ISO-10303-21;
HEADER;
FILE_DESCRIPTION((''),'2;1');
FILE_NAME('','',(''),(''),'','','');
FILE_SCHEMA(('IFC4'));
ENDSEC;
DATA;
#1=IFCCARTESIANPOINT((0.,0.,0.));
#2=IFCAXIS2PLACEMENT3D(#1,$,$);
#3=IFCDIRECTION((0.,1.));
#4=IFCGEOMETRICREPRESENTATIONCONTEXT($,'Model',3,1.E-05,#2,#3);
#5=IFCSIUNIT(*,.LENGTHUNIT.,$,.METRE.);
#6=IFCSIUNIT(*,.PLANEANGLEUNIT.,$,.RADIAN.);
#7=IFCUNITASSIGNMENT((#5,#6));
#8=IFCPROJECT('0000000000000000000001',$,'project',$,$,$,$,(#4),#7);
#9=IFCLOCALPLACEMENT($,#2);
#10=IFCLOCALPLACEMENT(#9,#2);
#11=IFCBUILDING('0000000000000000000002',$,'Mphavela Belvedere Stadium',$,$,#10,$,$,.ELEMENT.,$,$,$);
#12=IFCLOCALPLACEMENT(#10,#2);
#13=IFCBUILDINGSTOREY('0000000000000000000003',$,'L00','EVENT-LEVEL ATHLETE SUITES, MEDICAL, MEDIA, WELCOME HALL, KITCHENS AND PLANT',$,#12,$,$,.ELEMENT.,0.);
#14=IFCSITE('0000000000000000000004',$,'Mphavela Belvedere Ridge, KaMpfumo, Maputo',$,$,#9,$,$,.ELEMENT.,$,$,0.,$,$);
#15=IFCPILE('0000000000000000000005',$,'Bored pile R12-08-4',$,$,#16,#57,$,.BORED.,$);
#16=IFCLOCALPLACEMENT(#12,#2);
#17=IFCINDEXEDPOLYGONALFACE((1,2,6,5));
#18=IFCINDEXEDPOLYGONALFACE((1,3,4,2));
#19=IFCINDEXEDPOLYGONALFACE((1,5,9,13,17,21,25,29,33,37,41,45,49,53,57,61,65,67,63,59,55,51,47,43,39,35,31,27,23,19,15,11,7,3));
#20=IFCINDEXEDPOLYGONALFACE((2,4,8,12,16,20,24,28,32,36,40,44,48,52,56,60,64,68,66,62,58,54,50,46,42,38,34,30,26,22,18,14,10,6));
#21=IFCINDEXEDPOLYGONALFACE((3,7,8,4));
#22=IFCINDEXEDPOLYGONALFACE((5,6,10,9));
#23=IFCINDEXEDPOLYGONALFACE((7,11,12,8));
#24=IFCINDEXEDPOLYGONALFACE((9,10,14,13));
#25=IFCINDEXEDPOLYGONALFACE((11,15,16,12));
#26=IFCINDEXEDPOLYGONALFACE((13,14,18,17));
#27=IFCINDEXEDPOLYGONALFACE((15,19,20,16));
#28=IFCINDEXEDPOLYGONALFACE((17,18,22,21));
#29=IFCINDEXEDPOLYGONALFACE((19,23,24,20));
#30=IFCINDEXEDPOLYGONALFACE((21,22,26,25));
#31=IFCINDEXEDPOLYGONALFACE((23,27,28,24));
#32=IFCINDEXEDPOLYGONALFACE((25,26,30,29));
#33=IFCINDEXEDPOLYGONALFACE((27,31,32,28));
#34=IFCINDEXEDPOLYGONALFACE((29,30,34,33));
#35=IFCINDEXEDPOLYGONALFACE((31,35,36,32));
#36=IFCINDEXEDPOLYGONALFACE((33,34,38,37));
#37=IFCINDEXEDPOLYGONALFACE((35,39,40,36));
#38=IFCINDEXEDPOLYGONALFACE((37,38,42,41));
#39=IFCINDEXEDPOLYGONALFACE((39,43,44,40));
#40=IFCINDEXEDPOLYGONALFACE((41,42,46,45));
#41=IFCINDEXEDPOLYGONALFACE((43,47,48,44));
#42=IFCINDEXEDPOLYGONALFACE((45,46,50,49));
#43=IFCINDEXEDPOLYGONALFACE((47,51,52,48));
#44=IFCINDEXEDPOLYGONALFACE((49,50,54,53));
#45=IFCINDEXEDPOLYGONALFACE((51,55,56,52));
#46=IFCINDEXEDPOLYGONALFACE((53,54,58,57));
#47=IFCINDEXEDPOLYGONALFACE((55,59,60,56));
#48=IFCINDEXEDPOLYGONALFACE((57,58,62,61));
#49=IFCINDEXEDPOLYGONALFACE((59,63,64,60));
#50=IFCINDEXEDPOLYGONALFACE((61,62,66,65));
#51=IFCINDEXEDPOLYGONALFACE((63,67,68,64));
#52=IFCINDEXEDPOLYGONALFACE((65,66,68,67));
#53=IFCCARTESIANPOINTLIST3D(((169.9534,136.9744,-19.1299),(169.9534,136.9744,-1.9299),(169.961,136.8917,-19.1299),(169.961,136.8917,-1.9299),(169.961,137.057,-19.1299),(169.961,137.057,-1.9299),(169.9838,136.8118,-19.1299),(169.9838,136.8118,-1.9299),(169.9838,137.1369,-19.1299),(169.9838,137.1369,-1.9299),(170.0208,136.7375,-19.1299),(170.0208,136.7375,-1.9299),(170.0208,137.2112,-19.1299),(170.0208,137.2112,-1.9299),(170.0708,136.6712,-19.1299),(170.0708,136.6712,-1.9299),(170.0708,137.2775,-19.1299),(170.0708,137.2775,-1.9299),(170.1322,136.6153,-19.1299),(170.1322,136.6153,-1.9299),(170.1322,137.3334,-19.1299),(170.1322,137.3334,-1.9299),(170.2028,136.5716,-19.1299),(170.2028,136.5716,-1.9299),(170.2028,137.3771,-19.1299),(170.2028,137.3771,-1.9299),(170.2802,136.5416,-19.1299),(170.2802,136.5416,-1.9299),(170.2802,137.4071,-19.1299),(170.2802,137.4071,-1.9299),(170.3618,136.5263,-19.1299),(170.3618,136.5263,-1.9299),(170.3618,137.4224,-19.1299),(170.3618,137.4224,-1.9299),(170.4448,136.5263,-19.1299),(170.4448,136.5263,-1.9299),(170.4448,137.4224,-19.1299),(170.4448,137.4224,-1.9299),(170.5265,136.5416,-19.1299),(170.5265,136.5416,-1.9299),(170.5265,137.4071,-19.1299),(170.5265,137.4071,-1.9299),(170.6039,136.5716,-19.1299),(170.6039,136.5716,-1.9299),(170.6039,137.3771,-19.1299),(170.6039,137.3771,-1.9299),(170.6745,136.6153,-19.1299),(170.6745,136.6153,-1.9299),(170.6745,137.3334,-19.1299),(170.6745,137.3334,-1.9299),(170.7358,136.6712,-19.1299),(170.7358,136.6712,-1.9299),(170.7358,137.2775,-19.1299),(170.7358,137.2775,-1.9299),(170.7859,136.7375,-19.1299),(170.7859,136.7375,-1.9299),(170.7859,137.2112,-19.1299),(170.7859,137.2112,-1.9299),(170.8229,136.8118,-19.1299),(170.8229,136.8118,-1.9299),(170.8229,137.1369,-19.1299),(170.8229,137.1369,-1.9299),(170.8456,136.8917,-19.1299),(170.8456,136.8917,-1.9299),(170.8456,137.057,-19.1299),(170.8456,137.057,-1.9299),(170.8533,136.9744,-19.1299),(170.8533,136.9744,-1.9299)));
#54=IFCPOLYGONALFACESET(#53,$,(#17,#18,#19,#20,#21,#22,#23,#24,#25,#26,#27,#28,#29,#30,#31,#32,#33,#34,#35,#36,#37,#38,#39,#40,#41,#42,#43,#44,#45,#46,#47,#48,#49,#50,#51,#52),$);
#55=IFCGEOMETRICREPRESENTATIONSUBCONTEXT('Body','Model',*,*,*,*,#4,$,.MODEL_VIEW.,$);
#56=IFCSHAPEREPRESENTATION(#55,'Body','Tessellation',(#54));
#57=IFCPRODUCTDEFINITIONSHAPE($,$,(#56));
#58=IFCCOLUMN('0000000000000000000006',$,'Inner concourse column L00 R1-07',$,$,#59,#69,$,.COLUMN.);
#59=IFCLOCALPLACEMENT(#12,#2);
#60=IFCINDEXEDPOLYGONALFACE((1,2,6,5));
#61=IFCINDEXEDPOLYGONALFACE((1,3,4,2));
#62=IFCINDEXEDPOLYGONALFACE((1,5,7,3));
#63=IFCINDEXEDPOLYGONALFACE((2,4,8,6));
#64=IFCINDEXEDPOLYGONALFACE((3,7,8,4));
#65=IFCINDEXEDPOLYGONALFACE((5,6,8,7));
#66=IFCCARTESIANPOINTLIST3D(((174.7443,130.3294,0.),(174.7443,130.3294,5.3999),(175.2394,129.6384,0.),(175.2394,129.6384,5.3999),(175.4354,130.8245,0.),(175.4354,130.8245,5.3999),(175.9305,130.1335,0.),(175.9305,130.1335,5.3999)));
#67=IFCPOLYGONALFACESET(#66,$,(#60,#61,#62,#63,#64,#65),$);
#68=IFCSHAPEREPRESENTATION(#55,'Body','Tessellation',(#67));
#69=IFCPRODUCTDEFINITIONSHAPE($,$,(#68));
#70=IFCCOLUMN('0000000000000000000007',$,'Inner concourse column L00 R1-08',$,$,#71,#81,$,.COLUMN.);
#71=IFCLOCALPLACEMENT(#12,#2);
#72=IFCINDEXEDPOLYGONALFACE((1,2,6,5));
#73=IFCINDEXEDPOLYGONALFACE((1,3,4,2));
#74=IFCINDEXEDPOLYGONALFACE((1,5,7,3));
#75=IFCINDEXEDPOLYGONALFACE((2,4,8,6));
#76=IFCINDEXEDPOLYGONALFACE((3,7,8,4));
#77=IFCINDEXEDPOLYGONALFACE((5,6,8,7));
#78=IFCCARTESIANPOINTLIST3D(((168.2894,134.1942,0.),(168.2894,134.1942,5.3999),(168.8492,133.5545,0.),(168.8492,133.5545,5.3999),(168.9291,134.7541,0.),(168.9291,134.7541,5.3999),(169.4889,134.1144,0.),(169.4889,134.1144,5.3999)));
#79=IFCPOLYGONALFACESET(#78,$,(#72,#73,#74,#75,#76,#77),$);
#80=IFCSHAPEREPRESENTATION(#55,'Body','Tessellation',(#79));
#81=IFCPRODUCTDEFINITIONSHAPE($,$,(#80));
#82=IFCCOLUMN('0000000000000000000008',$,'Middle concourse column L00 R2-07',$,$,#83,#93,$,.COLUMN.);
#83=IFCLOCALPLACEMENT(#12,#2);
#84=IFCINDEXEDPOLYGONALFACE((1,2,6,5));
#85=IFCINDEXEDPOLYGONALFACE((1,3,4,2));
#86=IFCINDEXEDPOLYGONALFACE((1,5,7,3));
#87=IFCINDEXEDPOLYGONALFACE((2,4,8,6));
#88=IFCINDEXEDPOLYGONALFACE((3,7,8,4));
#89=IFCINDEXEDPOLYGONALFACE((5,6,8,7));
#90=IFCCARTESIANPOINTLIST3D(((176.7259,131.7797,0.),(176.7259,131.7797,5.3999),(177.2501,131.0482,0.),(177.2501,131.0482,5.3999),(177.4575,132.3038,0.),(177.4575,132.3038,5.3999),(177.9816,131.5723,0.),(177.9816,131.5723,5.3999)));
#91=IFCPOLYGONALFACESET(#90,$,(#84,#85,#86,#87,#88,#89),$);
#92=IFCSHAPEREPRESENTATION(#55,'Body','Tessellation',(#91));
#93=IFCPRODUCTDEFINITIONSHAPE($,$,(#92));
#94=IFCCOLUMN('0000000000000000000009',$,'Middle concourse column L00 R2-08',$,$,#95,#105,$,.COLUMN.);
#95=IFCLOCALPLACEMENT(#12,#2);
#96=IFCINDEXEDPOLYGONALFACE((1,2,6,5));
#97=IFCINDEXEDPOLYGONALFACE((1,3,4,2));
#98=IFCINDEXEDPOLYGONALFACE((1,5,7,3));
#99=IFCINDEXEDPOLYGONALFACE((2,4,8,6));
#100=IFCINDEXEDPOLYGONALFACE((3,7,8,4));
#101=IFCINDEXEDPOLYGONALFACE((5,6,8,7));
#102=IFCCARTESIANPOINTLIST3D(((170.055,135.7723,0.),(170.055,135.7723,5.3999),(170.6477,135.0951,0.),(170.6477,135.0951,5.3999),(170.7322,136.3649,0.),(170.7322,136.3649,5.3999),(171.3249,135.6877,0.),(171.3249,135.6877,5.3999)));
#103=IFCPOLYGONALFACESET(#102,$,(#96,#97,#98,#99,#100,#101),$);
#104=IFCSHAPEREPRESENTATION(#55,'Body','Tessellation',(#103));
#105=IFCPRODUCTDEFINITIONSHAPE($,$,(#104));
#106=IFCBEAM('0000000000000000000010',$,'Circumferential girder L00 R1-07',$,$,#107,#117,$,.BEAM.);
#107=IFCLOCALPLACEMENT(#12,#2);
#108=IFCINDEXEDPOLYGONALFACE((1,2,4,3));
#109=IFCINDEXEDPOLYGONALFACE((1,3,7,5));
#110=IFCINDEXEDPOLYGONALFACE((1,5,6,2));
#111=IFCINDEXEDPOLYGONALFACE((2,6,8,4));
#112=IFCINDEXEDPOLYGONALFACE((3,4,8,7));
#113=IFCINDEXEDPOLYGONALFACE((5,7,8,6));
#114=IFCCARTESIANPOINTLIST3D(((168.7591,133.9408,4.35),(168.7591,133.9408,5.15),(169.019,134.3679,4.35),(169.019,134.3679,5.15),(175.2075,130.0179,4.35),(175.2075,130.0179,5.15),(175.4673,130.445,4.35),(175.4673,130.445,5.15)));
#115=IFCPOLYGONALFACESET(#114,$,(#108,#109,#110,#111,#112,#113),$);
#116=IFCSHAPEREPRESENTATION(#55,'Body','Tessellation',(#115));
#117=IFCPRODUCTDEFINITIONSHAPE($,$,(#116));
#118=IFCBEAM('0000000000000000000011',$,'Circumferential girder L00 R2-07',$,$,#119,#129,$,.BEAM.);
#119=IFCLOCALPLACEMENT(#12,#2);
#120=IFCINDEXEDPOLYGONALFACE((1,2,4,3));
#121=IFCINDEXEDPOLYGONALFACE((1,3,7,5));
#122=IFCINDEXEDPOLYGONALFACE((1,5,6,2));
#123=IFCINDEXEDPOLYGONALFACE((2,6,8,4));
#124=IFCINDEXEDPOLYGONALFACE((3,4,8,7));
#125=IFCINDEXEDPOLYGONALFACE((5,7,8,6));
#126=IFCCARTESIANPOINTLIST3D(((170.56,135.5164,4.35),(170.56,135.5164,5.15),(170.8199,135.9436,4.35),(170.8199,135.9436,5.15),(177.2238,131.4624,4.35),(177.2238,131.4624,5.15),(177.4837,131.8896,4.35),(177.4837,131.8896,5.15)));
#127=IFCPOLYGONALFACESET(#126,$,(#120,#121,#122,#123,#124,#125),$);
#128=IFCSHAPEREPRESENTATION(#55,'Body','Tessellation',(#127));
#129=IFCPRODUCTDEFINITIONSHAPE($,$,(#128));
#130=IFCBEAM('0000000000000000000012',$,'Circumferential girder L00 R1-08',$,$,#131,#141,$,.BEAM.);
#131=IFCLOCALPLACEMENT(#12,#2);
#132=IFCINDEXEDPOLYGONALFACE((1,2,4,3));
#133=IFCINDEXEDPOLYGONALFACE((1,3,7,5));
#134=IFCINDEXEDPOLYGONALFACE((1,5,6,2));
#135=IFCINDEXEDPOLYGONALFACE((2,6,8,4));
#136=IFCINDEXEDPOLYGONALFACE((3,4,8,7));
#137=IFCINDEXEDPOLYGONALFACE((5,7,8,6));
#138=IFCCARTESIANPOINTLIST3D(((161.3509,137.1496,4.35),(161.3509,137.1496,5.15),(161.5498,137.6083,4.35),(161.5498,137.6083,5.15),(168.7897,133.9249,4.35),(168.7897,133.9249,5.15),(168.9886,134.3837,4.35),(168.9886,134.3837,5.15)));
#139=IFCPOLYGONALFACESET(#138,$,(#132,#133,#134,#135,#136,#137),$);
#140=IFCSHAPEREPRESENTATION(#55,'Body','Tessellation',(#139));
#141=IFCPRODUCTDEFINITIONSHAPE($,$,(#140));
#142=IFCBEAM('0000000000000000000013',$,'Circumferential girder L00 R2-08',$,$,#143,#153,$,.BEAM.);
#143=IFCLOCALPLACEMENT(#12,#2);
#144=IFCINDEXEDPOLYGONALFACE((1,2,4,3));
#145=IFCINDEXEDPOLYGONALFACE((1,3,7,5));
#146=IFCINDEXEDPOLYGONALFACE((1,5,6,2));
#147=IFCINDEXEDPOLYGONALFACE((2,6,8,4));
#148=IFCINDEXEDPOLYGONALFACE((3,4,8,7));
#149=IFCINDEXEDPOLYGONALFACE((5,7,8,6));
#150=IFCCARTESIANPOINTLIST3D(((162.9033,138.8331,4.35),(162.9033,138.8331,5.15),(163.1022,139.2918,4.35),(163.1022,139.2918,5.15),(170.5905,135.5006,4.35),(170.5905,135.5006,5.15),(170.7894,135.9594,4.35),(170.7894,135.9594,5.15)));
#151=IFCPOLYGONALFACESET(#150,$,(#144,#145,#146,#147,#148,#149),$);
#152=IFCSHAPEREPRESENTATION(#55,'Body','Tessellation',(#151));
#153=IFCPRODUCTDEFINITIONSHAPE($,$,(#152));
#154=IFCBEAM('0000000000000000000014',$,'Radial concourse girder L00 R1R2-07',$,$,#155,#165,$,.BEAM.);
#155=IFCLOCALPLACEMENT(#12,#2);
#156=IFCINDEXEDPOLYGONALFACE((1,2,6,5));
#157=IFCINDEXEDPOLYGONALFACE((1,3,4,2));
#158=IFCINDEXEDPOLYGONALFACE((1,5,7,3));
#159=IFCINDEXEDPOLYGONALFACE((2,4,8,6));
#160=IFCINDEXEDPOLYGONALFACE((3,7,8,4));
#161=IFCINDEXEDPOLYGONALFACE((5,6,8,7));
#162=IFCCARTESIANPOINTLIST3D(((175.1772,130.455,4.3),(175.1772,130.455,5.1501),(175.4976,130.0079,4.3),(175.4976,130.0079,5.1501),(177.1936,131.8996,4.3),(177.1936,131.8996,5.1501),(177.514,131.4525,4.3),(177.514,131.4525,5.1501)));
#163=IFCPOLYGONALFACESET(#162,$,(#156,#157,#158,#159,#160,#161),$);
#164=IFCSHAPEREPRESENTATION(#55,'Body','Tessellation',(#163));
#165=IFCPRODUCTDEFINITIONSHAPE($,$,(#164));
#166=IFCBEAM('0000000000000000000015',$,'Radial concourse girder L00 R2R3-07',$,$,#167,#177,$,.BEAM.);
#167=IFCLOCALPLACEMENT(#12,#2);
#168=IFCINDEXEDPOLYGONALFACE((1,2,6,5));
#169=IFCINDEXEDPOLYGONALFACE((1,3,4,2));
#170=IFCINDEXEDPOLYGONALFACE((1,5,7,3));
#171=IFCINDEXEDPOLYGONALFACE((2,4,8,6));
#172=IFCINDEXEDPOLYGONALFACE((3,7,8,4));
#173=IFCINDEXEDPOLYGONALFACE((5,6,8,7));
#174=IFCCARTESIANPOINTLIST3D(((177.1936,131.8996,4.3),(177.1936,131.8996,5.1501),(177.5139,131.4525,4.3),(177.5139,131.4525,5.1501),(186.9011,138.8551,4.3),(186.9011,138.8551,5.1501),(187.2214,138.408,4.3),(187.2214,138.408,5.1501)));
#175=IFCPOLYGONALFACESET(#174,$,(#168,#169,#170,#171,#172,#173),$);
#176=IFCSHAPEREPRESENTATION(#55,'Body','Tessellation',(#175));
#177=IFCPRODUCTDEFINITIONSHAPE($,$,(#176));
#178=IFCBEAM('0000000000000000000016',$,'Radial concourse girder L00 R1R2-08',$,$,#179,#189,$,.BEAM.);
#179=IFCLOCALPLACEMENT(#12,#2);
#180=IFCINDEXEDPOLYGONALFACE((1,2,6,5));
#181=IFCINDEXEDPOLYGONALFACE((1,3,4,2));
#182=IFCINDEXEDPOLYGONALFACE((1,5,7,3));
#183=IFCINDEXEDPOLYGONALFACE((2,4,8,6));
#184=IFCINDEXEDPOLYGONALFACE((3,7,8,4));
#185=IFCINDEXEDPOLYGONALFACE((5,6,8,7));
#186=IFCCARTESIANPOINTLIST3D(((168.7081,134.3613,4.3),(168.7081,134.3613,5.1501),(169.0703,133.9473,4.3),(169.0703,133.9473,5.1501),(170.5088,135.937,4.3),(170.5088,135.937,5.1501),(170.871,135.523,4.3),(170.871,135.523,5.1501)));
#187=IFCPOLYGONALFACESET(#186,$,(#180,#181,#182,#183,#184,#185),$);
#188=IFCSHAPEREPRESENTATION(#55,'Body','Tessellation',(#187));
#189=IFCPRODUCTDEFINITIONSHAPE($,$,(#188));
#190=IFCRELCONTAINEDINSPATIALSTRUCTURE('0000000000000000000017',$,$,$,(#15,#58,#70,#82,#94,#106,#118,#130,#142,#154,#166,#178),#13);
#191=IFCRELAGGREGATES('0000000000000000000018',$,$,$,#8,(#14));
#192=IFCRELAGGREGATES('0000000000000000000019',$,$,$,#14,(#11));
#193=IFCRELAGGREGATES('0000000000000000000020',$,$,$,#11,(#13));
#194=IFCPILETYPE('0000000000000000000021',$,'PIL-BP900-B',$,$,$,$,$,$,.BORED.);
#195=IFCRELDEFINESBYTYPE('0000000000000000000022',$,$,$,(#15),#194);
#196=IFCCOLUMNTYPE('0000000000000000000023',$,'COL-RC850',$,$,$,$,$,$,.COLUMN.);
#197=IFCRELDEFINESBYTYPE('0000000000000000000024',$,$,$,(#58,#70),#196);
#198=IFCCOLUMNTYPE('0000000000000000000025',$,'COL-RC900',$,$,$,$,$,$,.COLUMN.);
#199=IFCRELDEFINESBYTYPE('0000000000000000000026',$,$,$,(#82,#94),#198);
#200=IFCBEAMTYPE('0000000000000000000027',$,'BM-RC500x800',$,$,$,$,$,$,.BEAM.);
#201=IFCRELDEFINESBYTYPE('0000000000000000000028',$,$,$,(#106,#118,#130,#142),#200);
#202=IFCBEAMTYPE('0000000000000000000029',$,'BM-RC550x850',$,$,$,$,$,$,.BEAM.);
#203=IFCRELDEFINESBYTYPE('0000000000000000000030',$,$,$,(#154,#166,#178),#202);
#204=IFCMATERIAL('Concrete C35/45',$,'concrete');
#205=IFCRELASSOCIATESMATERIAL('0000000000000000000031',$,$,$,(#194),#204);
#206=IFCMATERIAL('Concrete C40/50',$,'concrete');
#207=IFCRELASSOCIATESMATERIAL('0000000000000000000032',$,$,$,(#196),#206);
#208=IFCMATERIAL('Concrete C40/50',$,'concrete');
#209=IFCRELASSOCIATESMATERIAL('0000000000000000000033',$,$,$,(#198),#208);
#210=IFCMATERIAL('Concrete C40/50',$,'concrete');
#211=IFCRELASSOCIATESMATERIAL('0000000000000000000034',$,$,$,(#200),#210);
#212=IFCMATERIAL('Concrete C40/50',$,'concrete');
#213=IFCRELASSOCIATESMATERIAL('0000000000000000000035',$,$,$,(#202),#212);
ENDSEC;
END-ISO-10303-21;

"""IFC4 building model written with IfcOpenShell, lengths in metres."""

from ifc_helpers import new_model, si_unit, direction, frame, origin, origin_2d, place, context, subcontext, project, spatial, rectangle, circle, extrude, material, material_profile, profile_set, type_object, element, save


model = new_model("IFC4")

# Units and contexts
model_context = context("Model", 3, precision=1e-05, world=origin(), true_north=direction((0.0, 1.0)))
body_context = subcontext(model_context, "Body", "Model", "MODEL_VIEW")
ifc_project = project(units=[si_unit("LENGTHUNIT", "METRE"), si_unit("PLANEANGLEUNIT", "RADIAN")], contexts=[model_context])

# Site, building, storey
site_placement = place(None, origin())
site = spatial("IfcSite", under=ifc_project, at=site_placement, Name="Mphavela Belvedere Ridge, KaMpfumo, Maputo", CompositionType="ELEMENT", RefElevation=0.0)
building_placement = place(site_placement, origin())
building = spatial("IfcBuilding", under=site, at=building_placement, Name="Mphavela Belvedere Stadium", CompositionType="ELEMENT")
storey_placement = place(building_placement, origin())
storey = spatial("IfcBuildingStorey", under=building, at=storey_placement, Name="L00", Description="EVENT-LEVEL ATHLETE SUITES, MEDICAL, MEDIA, WELCOME HALL, KITCHENS AND PLANT", CompositionType="ELEMENT", Elevation=0.0)

# Pile
ifc_material_1 = material(Name="Concrete C35/45", Category="concrete")
ifc_material_profile_1 = material_profile(ifc_material_1, circle(Radius=0.45, at=origin_2d()), Name="BP D900")
ifc_profile_set_1 = profile_set([ifc_material_profile_1], Name="Concrete C35/45")
pile_type_1 = type_object("IfcPileType", Name="PIL-BP900-B", PredefinedType="BORED", material=ifc_profile_set_1)
for number, where, z_axis, x_axis, name in (
    (1, (170.4033, 136.9744, -1.9299), (0.0, 0.0, -1.0), (1.0, 0.0, 0.0), "Bored pile R12-08-4"),
):
    element("IfcPile", number, at=place(storey_placement, frame(where, z_axis=z_axis, x_axis=x_axis)), inside=storey, type_object=pile_type_1, Name=name, PredefinedType="BORED", context=body_context, shape_type="SweptSolid", body=[
        extrude(circle(Radius=0.45, at=origin_2d()), origin(), (0.0, 0.0, 1.0), 17.2),
    ])

# Columns
ifc_material_2 = material(Name="Concrete C40/50", Category="concrete")
ifc_material_profile_2 = material_profile(ifc_material_2, rectangle(XDim=0.8501, YDim=0.8501, at=origin_2d()), Name="RC 850x850")
ifc_profile_set_2 = profile_set([ifc_material_profile_2], Name="Concrete C40/50")
column_type_1 = type_object("IfcColumnType", Name="COL-RC850", PredefinedType="COLUMN", material=ifc_profile_set_2)
for number, where, z_axis, x_axis, name in (
    (2, (175.3374, 130.2314, 0.0), (0.0, 0.0, 1.0), (0.812898, 0.582407, 0.0), "Inner concourse column L00 R1-07"),
    (3, (168.8892, 134.1543, 0.0), (0.0, 0.0, 1.0), (0.75253, 0.658558, 0.0), "Inner concourse column L00 R1-08"),
):
    element("IfcColumn", number, at=place(storey_placement, frame(where, z_axis=z_axis, x_axis=x_axis)), inside=storey, type_object=column_type_1, Name=name, PredefinedType="COLUMN", context=body_context, shape_type="SweptSolid", body=[
        extrude(rectangle(XDim=0.8501, YDim=0.8501, at=origin_2d()), origin(), (0.0, 0.0, 1.0), 5.3999),
    ])
ifc_material_3 = material(Name="Concrete C40/50", Category="concrete")
ifc_material_profile_3 = material_profile(ifc_material_3, rectangle(XDim=0.8999, YDim=0.8999, at=origin_2d()), Name="RC 900x900")
ifc_profile_set_3 = profile_set([ifc_material_profile_3], Name="Concrete C40/50")
column_type_2 = type_object("IfcColumnType", Name="COL-RC900", PredefinedType="COLUMN", material=ifc_profile_set_3)
for number, where, z_axis, x_axis, name in (
    (4, (177.3538, 131.676, 0.0), (0.0, 0.0, 1.0), (0.812898, 0.582407, 0.0), "Middle concourse column L00 R2-07"),
    (5, (170.6899, 135.73, 0.0), (0.0, 0.0, 1.0), (0.75253, 0.658558, 0.0), "Middle concourse column L00 R2-08"),
):
    element("IfcColumn", number, at=place(storey_placement, frame(where, z_axis=z_axis, x_axis=x_axis)), inside=storey, type_object=column_type_2, Name=name, PredefinedType="COLUMN", context=body_context, shape_type="SweptSolid", body=[
        extrude(rectangle(XDim=0.8999, YDim=0.8999, at=origin_2d()), origin(), (0.0, 0.0, 1.0), 5.3999),
    ])

# Beams
ifc_material_4 = material(Name="Concrete C40/50", Category="concrete")
ifc_material_profile_4 = material_profile(ifc_material_4, rectangle(XDim=0.5, YDim=0.8, at=origin_2d()), Name="RC 500x800")
ifc_profile_set_4 = profile_set([ifc_material_profile_4], Name="Concrete C40/50")
beam_type_1 = type_object("IfcBeamType", Name="BM-RC500x800", PredefinedType="BEAM", material=ifc_profile_set_4)
beam_1_placement = place(storey_placement, frame((175.3374, 130.2314, 4.75), z_axis=(-0.854326, 0.519738, 0.0), x_axis=(-0.519738, -0.854326, 0.0)))
element("IfcBeam", 6, at=beam_1_placement, inside=storey, type_object=beam_type_1, Name="Circumferential girder L00 R1-07", PredefinedType="BEAM", context=body_context, shape_type="SweptSolid", body=[
    extrude(rectangle(XDim=0.5, YDim=0.8, at=origin_2d()), origin(), (0.0, 0.0, 1.0), 7.5479),
])
beam_2_placement = place(storey_placement, frame((177.3538, 131.676, 4.75), z_axis=(-0.854328, 0.519733, 0.0), x_axis=(-0.519733, -0.854328, 0.0)))
element("IfcBeam", 7, at=beam_2_placement, inside=storey, type_object=beam_type_1, Name="Circumferential girder L00 R2-07", PredefinedType="BEAM", context=body_context, shape_type="SweptSolid", body=[
    extrude(rectangle(XDim=0.5, YDim=0.8, at=origin_2d()), origin(), (0.0, 0.0, 1.0), 7.8),
])
beam_3_placement = place(storey_placement, frame((168.8892, 134.1543, 4.75), z_axis=(-0.917503, 0.397728, 0.0), x_axis=(-0.397728, -0.917503, 0.0)))
element("IfcBeam", 8, at=beam_3_placement, inside=storey, type_object=beam_type_1, Name="Circumferential girder L00 R1-08", PredefinedType="BEAM", context=body_context, shape_type="SweptSolid", body=[
    extrude(rectangle(XDim=0.5, YDim=0.8, at=origin_2d()), origin(), (0.0, 0.0, 1.0), 8.1077),
])
beam_4_placement = place(storey_placement, frame((170.6899, 135.73, 4.75), z_axis=(-0.917496, 0.397746, 0.0), x_axis=(-0.397746, -0.917496, 0.0)))
element("IfcBeam", 9, at=beam_4_placement, inside=storey, type_object=beam_type_1, Name="Circumferential girder L00 R2-08", PredefinedType="BEAM", context=body_context, shape_type="SweptSolid", body=[
    extrude(rectangle(XDim=0.5, YDim=0.8, at=origin_2d()), origin(), (0.0, 0.0, 1.0), 8.3784),
])
ifc_material_5 = material(Name="Concrete C40/50", Category="concrete")
ifc_material_profile_5 = material_profile(ifc_material_5, rectangle(XDim=0.55, YDim=0.8501, at=origin_2d()), Name="RC 550x850")
ifc_profile_set_5 = profile_set([ifc_material_profile_5], Name="Concrete C40/50")
beam_type_2 = type_object("IfcBeamType", Name="BM-RC550x850", PredefinedType="BEAM", material=ifc_profile_set_5)
beam_5_placement = place(storey_placement, frame((175.3374, 130.2314, 4.7251), z_axis=(0.812908, 0.582392, 0.0), x_axis=(-0.582392, 0.812908, 0.0)))
element("IfcBeam", 10, at=beam_5_placement, inside=storey, type_object=beam_type_2, Name="Radial concourse girder L00 R1R2-07", PredefinedType="BEAM", context=body_context, shape_type="SweptSolid", body=[
    extrude(rectangle(XDim=0.55, YDim=0.8501, at=origin_2d()), origin(), (0.0, 0.0, 1.0), 2.4805),
])
beam_6_placement = place(storey_placement, frame((177.3538, 131.676, 4.7251), z_axis=(0.812876, 0.582437, 0.0), x_axis=(-0.582437, 0.812876, 0.0)))
element("IfcBeam", 11, at=beam_6_placement, inside=storey, type_object=beam_type_2, Name="Radial concourse girder L00 R2R3-07", PredefinedType="BEAM", context=body_context, shape_type="SweptSolid", body=[
    extrude(rectangle(XDim=0.55, YDim=0.8501, at=origin_2d()), origin(), (0.0, 0.0, 1.0), 11.9421),
])
beam_7_placement = place(storey_placement, frame((168.8892, 134.1543, 4.7251), z_axis=(0.752577, 0.658505, 0.0), x_axis=(-0.658505, 0.752577, 0.0)))
element("IfcBeam", 12, at=beam_7_placement, inside=storey, type_object=beam_type_2, Name="Radial concourse girder L00 R1R2-08", PredefinedType="BEAM", context=body_context, shape_type="SweptSolid", body=[
    extrude(rectangle(XDim=0.55, YDim=0.8501, at=origin_2d()), origin(), (0.0, 0.0, 1.0), 2.3928),
])

save(model, "model.ifc")
